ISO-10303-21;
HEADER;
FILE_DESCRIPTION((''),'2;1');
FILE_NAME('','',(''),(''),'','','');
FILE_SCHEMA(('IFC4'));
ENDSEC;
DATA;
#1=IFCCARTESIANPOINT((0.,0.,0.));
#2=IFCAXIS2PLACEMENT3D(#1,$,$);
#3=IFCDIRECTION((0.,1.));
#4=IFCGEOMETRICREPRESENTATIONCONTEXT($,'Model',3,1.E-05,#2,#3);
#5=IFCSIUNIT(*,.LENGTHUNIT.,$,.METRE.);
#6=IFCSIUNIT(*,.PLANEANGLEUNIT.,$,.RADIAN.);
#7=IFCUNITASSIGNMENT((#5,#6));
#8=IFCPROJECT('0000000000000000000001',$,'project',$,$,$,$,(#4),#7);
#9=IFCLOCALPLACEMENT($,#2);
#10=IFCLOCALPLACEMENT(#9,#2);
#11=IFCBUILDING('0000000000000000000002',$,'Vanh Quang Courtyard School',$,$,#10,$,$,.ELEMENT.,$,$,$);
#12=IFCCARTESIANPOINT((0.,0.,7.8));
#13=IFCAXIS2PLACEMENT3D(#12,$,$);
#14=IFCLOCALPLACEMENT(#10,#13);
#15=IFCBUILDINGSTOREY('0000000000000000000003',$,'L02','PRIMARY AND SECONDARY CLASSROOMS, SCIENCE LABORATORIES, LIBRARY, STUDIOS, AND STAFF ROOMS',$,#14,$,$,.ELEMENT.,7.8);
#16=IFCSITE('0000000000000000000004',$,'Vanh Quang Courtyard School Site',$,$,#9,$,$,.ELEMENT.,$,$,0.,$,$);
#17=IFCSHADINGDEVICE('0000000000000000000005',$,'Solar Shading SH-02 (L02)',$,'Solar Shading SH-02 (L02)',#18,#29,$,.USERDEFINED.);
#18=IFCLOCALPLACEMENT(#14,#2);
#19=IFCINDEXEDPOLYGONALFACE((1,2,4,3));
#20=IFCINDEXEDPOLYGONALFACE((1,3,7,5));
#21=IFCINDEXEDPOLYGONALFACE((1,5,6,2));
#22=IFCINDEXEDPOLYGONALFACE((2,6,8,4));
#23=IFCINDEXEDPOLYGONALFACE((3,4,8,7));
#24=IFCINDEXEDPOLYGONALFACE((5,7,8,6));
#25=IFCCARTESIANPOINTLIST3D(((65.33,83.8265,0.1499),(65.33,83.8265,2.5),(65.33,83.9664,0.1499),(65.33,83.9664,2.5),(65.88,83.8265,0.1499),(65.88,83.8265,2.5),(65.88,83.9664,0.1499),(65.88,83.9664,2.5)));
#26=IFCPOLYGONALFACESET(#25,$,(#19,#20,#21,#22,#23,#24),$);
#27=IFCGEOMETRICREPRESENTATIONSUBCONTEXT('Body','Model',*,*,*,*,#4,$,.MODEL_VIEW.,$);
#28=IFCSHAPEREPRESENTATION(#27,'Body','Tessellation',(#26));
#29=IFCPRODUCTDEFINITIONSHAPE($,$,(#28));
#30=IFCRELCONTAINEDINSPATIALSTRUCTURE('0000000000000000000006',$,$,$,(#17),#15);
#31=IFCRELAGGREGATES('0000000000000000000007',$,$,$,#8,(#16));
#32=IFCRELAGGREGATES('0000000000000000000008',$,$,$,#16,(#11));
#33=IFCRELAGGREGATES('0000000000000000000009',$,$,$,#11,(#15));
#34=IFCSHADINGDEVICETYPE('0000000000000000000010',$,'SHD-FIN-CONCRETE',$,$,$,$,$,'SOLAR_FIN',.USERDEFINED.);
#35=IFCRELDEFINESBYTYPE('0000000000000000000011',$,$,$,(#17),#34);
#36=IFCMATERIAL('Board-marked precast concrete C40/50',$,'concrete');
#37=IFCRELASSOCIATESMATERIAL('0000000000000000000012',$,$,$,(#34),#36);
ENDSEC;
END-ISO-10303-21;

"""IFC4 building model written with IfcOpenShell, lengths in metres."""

from ifc_helpers import new_model, si_unit, direction, frame, origin, origin_2d, place, context, subcontext, project, spatial, rectangle, extrude, material, type_object, element, save


model = new_model("IFC4")

# Units and contexts
model_context = context("Model", 3, precision=1e-05, world=origin(), true_north=direction((0.0, 1.0)))
body_context = subcontext(model_context, "Body", "Model", "MODEL_VIEW")
ifc_project = project(units=[si_unit("LENGTHUNIT", "METRE"), si_unit("PLANEANGLEUNIT", "RADIAN")], contexts=[model_context])

# Site, building, storey
site_placement = place(None, origin())
site = spatial("IfcSite", under=ifc_project, at=site_placement, Name="Vanh Quang Courtyard School Site", CompositionType="ELEMENT", RefElevation=0.0)
building_placement = place(site_placement, origin())
building = spatial("IfcBuilding", under=site, at=building_placement, Name="Vanh Quang Courtyard School", CompositionType="ELEMENT")
storey_placement = place(building_placement, frame((0.0, 0.0, 7.8)))
storey = spatial("IfcBuildingStorey", under=building, at=storey_placement, Name="L02", Description="PRIMARY AND SECONDARY CLASSROOMS, SCIENCE LABORATORIES, LIBRARY, STUDIOS, AND STAFF ROOMS", CompositionType="ELEMENT", Elevation=7.8)

# Shared definitions
ifc_material_1 = material(Name="Board-marked precast concrete C40/50", Category="concrete")

# Shading device
shading_device_type = type_object("IfcShadingDeviceType", Name="SHD-FIN-CONCRETE", ElementType="SOLAR_FIN", PredefinedType="USERDEFINED", material=ifc_material_1)
shading_device_placement = place(storey_placement, frame((65.605, 83.8965, 0.1499), z_axis=(0.0, 0.0, 1.0), x_axis=(0.0, 1.0, 0.0)))
element("IfcShadingDevice", 1, at=shading_device_placement, inside=storey, type_object=shading_device_type, Name="Solar Shading SH-02 (L02)", ObjectType="Solar Shading SH-02 (L02)", PredefinedType="USERDEFINED", context=body_context, shape_type="SweptSolid", body=[
    extrude(rectangle(XDim=0.1399, YDim=0.55, at=origin_2d()), origin(), (0.0, 0.0, 1.0), 2.3501),
])

save(model, "model.ifc")
